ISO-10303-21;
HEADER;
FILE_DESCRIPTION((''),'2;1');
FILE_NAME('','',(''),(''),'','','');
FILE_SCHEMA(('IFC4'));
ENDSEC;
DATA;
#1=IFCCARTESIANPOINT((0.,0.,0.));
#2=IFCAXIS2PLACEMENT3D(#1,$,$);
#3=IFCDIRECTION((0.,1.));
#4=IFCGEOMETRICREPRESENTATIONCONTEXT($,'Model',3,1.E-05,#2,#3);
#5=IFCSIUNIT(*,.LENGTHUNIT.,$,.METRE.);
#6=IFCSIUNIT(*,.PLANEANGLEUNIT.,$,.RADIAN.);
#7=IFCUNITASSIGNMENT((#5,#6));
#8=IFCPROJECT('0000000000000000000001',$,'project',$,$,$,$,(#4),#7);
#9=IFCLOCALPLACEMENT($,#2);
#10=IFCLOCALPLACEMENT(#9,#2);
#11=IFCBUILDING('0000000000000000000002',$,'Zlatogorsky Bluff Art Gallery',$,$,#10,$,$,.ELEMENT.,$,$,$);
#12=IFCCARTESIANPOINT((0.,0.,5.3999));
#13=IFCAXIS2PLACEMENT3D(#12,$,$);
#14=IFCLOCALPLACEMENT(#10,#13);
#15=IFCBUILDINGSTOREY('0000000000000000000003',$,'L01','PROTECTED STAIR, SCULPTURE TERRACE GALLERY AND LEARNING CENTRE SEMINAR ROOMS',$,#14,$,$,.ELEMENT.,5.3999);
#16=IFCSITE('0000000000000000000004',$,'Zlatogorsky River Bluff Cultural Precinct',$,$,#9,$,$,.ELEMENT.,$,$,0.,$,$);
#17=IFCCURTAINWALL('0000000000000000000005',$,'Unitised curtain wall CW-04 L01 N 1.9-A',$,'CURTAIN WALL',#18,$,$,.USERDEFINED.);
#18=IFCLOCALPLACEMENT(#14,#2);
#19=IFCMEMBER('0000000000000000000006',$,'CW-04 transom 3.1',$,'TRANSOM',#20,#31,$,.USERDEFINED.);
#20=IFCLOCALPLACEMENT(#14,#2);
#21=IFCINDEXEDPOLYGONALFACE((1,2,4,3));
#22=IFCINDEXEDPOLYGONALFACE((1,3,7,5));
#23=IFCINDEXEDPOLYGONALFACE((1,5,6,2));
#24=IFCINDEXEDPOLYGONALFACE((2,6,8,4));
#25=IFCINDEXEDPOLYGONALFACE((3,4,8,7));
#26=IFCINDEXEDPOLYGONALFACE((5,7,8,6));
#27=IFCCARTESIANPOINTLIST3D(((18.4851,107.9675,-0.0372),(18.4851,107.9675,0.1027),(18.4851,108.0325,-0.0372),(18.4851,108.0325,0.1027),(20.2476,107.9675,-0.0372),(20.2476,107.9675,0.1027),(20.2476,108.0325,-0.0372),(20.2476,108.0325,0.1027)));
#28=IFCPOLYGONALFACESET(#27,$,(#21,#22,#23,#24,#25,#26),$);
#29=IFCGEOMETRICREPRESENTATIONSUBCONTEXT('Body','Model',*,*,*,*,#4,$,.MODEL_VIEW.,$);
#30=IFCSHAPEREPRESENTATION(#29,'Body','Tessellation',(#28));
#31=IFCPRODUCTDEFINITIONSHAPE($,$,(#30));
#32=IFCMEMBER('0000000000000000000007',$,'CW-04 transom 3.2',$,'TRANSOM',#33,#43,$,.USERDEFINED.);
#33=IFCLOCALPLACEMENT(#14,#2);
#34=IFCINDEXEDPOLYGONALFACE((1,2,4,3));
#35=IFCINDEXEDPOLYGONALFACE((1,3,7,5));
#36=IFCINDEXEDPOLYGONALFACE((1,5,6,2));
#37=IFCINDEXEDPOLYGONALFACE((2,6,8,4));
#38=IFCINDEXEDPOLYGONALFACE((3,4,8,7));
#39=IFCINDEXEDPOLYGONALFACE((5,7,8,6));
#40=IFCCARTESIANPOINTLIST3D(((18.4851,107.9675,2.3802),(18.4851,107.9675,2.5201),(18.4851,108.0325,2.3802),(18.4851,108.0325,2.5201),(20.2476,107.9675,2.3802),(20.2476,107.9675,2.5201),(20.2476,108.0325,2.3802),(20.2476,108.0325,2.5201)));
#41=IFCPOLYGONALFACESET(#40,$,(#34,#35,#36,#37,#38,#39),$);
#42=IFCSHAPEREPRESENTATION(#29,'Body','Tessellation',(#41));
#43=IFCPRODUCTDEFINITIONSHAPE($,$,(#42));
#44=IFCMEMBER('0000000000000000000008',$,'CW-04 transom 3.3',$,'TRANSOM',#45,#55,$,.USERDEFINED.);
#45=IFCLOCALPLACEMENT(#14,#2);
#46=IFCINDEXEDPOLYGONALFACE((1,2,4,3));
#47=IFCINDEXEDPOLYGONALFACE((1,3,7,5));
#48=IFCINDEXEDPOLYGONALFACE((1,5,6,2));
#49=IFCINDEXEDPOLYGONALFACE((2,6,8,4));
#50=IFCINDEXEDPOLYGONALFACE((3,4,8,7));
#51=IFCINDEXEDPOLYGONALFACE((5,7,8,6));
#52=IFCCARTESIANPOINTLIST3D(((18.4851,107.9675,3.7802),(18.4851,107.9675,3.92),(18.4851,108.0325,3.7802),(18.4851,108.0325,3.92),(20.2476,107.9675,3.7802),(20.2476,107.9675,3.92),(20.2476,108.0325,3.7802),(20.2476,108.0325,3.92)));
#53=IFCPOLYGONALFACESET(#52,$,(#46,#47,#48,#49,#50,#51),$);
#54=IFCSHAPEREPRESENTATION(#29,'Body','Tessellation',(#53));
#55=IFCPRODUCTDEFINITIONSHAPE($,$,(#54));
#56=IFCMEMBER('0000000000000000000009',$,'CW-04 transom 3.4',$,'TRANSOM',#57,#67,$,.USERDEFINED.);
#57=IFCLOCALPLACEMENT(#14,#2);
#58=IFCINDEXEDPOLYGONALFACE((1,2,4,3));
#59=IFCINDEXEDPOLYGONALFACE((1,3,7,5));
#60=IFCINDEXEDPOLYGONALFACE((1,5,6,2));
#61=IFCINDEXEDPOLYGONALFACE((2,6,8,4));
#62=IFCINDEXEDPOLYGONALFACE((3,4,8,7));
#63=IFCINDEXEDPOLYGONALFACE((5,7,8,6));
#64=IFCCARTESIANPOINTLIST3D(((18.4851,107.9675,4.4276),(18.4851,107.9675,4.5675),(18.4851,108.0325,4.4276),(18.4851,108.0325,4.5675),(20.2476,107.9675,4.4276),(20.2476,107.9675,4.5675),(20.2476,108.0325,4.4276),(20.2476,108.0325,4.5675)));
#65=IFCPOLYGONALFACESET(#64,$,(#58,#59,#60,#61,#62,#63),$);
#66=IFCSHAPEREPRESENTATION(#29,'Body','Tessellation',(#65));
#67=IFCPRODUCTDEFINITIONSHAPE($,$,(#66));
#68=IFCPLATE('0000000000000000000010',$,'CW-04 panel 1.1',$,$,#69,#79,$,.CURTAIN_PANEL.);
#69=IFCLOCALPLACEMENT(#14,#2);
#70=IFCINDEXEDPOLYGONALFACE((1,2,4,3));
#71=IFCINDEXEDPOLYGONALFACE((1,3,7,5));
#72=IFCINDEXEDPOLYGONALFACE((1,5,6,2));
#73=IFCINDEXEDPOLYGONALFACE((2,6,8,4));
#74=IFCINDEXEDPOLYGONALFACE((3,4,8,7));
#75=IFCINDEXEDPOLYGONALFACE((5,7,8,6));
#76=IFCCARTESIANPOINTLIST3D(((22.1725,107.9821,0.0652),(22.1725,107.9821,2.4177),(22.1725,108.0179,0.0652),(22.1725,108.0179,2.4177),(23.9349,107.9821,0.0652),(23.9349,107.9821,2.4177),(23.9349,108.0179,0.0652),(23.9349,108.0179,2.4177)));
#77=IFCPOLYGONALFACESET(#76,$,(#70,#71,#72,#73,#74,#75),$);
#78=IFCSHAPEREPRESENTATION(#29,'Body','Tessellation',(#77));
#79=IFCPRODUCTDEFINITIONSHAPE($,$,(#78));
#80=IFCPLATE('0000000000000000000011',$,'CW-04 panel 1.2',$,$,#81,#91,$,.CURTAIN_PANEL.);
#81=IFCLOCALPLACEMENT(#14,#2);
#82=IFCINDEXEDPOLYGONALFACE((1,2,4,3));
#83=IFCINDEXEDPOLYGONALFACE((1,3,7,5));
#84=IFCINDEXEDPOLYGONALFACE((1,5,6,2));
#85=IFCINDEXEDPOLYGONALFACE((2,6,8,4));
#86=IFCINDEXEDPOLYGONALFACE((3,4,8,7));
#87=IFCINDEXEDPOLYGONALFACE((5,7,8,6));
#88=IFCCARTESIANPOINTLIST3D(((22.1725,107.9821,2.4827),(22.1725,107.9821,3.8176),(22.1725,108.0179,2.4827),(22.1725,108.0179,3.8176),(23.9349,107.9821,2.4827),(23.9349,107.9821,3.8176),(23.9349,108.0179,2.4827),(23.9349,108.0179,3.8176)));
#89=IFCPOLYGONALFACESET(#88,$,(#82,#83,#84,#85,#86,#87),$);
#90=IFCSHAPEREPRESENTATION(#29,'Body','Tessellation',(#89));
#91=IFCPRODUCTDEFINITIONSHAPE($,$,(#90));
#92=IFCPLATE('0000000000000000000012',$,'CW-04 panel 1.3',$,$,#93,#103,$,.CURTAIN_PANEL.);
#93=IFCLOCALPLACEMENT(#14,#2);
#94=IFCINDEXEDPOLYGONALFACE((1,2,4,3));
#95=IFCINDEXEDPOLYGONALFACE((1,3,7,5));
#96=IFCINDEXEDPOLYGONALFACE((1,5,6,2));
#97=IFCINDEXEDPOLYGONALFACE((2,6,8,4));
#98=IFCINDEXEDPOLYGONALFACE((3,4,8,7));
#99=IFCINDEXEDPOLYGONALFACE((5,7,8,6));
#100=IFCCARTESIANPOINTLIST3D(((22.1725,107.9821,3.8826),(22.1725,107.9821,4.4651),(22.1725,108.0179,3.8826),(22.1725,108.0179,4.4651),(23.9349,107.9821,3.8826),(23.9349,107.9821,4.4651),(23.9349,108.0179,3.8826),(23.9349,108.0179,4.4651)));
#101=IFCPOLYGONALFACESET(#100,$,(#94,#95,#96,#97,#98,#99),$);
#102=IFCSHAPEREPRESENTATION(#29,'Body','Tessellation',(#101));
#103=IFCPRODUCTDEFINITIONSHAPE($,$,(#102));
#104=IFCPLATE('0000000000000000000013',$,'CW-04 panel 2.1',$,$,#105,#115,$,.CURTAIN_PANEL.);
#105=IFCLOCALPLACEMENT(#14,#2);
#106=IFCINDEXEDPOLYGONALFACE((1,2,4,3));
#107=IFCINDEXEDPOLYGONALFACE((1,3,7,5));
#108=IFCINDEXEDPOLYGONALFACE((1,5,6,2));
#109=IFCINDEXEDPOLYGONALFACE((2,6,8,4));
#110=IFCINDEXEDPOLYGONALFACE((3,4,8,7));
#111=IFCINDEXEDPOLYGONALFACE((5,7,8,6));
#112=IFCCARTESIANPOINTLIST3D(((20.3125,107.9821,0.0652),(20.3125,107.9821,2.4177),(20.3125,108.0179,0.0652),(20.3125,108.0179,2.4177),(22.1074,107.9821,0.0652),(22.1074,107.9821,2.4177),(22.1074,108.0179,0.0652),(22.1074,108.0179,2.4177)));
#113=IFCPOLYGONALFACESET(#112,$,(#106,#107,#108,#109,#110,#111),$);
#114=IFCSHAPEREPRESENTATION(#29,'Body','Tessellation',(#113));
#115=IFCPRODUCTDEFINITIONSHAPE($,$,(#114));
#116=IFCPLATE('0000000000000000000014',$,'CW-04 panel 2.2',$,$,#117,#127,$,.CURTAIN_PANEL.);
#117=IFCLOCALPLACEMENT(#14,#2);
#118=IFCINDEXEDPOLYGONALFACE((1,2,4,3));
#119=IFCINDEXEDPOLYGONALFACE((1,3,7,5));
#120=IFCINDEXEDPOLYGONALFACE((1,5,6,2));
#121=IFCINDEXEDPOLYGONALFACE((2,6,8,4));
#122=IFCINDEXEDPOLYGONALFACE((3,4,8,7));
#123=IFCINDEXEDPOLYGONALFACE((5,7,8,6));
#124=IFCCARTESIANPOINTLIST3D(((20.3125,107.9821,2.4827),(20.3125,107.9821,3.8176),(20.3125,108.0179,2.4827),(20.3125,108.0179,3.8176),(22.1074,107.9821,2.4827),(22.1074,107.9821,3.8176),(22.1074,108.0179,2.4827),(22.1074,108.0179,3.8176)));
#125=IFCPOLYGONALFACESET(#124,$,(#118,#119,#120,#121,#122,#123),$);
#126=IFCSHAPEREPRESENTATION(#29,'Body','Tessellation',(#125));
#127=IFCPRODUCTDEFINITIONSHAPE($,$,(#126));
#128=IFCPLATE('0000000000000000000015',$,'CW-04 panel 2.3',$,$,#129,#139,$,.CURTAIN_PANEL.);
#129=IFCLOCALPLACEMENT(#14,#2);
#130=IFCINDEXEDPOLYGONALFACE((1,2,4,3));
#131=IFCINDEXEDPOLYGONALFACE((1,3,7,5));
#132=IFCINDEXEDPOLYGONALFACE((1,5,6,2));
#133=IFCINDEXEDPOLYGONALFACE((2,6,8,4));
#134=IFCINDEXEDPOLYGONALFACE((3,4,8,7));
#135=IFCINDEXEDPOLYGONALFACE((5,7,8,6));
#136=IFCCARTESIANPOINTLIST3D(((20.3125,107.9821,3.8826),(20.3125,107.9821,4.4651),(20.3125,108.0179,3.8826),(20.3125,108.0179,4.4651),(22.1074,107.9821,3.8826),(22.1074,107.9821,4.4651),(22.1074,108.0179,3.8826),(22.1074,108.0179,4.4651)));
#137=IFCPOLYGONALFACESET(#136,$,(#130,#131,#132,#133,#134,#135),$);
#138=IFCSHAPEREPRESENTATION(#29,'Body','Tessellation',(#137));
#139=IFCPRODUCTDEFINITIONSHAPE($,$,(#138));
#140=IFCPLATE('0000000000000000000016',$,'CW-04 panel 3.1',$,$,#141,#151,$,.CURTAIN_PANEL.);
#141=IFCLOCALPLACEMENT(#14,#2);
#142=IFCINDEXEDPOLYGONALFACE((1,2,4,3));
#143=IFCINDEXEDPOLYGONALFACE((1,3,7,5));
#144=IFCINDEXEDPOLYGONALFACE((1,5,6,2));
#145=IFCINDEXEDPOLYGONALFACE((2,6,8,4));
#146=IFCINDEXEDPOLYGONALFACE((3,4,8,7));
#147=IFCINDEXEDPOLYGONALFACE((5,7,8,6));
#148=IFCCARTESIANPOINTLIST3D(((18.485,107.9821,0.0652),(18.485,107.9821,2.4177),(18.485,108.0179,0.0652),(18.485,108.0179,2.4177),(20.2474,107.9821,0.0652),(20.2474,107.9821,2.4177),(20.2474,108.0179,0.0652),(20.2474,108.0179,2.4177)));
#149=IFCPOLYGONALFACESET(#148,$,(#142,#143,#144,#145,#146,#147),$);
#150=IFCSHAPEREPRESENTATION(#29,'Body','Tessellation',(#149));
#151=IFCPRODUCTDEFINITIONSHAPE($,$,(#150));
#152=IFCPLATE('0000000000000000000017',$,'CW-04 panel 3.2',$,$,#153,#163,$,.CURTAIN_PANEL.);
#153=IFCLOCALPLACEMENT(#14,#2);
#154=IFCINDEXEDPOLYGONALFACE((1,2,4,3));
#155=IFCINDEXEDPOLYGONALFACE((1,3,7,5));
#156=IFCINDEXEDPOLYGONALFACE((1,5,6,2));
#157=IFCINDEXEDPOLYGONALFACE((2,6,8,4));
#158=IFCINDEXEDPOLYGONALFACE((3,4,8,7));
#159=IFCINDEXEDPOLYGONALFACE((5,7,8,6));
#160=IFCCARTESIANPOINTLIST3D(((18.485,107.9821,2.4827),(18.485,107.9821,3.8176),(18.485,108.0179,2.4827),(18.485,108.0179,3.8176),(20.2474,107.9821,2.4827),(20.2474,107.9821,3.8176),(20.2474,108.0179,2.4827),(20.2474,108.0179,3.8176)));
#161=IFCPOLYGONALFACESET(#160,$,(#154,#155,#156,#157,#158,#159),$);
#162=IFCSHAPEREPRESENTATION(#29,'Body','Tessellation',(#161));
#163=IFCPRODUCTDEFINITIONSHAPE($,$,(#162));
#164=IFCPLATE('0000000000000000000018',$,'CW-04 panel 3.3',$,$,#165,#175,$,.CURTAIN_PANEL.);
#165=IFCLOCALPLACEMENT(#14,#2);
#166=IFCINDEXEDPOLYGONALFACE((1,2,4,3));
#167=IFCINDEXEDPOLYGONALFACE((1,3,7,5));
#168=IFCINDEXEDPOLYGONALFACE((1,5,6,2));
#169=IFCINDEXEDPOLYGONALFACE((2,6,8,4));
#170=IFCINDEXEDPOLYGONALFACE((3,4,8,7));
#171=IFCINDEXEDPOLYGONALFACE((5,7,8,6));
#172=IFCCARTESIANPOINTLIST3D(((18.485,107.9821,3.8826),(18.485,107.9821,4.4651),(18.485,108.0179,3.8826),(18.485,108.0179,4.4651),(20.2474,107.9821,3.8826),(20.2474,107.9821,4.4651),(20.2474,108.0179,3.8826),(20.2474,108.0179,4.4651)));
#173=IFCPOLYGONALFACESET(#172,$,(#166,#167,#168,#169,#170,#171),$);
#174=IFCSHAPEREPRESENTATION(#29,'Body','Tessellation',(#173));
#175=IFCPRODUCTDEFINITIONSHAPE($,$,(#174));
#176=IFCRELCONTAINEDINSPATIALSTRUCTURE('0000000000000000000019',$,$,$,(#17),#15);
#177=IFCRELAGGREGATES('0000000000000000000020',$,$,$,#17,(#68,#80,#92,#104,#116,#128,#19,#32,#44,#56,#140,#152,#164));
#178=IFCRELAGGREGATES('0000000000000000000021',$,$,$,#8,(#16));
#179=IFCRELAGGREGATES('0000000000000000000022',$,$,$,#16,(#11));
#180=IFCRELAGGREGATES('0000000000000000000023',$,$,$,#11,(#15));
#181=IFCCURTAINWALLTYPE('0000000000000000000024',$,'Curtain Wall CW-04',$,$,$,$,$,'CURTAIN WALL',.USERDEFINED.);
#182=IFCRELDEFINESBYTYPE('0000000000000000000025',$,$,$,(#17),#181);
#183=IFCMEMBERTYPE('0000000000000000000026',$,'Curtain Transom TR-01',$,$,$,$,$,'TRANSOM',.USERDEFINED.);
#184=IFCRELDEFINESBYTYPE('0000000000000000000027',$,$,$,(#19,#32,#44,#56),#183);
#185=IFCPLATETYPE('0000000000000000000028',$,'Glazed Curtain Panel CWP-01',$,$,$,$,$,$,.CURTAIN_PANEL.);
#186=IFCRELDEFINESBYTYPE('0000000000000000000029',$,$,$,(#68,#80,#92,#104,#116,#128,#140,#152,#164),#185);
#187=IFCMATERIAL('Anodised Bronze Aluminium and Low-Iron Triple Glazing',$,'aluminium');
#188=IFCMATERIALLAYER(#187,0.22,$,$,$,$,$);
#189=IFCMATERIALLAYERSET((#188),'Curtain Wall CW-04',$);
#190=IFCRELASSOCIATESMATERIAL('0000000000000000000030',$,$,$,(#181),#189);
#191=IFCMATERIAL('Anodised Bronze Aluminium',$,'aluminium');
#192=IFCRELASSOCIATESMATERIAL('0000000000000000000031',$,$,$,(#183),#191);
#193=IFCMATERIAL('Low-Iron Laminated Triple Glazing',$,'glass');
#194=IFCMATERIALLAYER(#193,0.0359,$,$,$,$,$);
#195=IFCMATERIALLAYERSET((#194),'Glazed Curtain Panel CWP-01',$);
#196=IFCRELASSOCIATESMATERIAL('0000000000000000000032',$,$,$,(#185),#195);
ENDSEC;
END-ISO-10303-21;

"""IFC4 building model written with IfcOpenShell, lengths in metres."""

from ifc_helpers import new_model, si_unit, direction, frame, origin, origin_2d, place, context, subcontext, project, spatial, rectangle, extrude, material, layer, layer_set, material_profile, profile_set, type_object, element, aggregate, save


model = new_model("IFC4")

# Units and contexts
model_context = context("Model", 3, precision=1e-05, world=origin(), true_north=direction((0.0, 1.0)))
body_context = subcontext(model_context, "Body", "Model", "MODEL_VIEW")
ifc_project = project(units=[si_unit("LENGTHUNIT", "METRE"), si_unit("PLANEANGLEUNIT", "RADIAN")], contexts=[model_context])

# Site, building, storey
site_placement = place(None, origin())
site = spatial("IfcSite", under=ifc_project, at=site_placement, Name="Zlatogorsky River Bluff Cultural Precinct", CompositionType="ELEMENT", RefElevation=0.0)
building_placement = place(site_placement, origin())
building = spatial("IfcBuilding", under=site, at=building_placement, Name="Zlatogorsky Bluff Art Gallery", CompositionType="ELEMENT")
storey_placement = place(building_placement, frame((0.0, 0.0, 5.3999)))
storey = spatial("IfcBuildingStorey", under=building, at=storey_placement, Name="L01", Description="PROTECTED STAIR, SCULPTURE TERRACE GALLERY AND LEARNING CENTRE SEMINAR ROOMS", CompositionType="ELEMENT", Elevation=5.3999)

# Curtain wall, members, plates
ifc_material_1 = material(Name="Anodised Bronze Aluminium and Low-Iron Triple Glazing", Category="aluminium")
ifc_layer_1 = layer(ifc_material_1, 0.22)
ifc_layer_set_1 = layer_set([ifc_layer_1], Name="Curtain Wall CW-04")
curtain_wall_type = type_object("IfcCurtainWallType", Name="Curtain Wall CW-04", ElementType="CURTAIN WALL", PredefinedType="USERDEFINED", material=ifc_layer_set_1)
curtain_wall_placement = place(storey_placement, origin())
curtain_wall = element("IfcCurtainWall", 1, at=curtain_wall_placement, inside=storey, type_object=curtain_wall_type, Name="Unitised curtain wall CW-04 L01 N 1.9-A", ObjectType="CURTAIN WALL", PredefinedType="USERDEFINED")
ifc_material_2 = material(Name="Anodised Bronze Aluminium", Category="aluminium")
ifc_material_profile_1 = material_profile(ifc_material_2, rectangle(XDim=0.0649, YDim=0.1399, at=origin_2d()), Name="ALU TRANSOM 65x140")
ifc_profile_set_1 = profile_set([ifc_material_profile_1], Name="Anodised Bronze Aluminium")
member_type_1 = type_object("IfcMemberType", Name="Curtain Transom TR-01", ElementType="TRANSOM", PredefinedType="USERDEFINED", material=ifc_profile_set_1)
member_1_placement = place(storey_placement, frame((20.2476, 108.0, 0.0327), z_axis=(-1.0, 0.0, 0.0), x_axis=(0.0, -1.0, 0.0)))
member_1 = element("IfcMember", 2, at=member_1_placement, type_object=member_type_1, Name="CW-04 transom 3.1", ObjectType="TRANSOM", PredefinedType="USERDEFINED", context=body_context, shape_type="SweptSolid", body=[
    extrude(rectangle(XDim=0.0649, YDim=0.1399, at=origin_2d()), origin(), (0.0, 0.0, 1.0), 1.7625),
])
member_2_placement = place(storey_placement, frame((20.2476, 108.0, 2.4502), z_axis=(-1.0, 0.0, 0.0), x_axis=(0.0, -1.0, 0.0)))
member_2 = element("IfcMember", 3, at=member_2_placement, type_object=member_type_1, Name="CW-04 transom 3.2", ObjectType="TRANSOM", PredefinedType="USERDEFINED", context=body_context, shape_type="SweptSolid", body=[
    extrude(rectangle(XDim=0.0649, YDim=0.1399, at=origin_2d()), origin(), (0.0, 0.0, 1.0), 1.7625),
])
member_3_placement = place(storey_placement, frame((20.2476, 108.0, 3.8501), z_axis=(-1.0, 0.0, 0.0), x_axis=(0.0, -1.0, 0.0)))
member_3 = element("IfcMember", 4, at=member_3_placement, type_object=member_type_1, Name="CW-04 transom 3.3", ObjectType="TRANSOM", PredefinedType="USERDEFINED", context=body_context, shape_type="SweptSolid", body=[
    extrude(rectangle(XDim=0.0649, YDim=0.1399, at=origin_2d()), origin(), (0.0, 0.0, 1.0), 1.7625),
])
member_4_placement = place(storey_placement, frame((20.2476, 108.0, 4.4976), z_axis=(-1.0, 0.0, 0.0), x_axis=(0.0, -1.0, 0.0)))
member_4 = element("IfcMember", 5, at=member_4_placement, type_object=member_type_1, Name="CW-04 transom 3.4", ObjectType="TRANSOM", PredefinedType="USERDEFINED", context=body_context, shape_type="SweptSolid", body=[
    extrude(rectangle(XDim=0.0649, YDim=0.1399, at=origin_2d()), origin(), (0.0, 0.0, 1.0), 1.7625),
])
ifc_material_3 = material(Name="Low-Iron Laminated Triple Glazing", Category="glass")
ifc_layer_2 = layer(ifc_material_3, 0.0359)
ifc_layer_set_2 = layer_set([ifc_layer_2], Name="Glazed Curtain Panel CWP-01")
plate_type = type_object("IfcPlateType", Name="Glazed Curtain Panel CWP-01", PredefinedType="CURTAIN_PANEL", material=ifc_layer_set_2)
plate_1_placement = place(storey_placement, frame((23.0537, 108.0, 0.0652), z_axis=(0.0, 0.0, 1.0), x_axis=(-1.0, 0.0, 0.0)))
plate_1 = element("IfcPlate", 6, at=plate_1_placement, type_object=plate_type, Name="CW-04 panel 1.1", PredefinedType="CURTAIN_PANEL", context=body_context, shape_type="SweptSolid", body=[
    extrude(rectangle(XDim=1.7625, YDim=0.0359, at=origin_2d()), origin(), (0.0, 0.0, 1.0), 2.3525),
])
plate_2_placement = place(storey_placement, frame((23.0537, 108.0, 2.4827), z_axis=(0.0, 0.0, 1.0), x_axis=(-1.0, 0.0, 0.0)))
plate_2 = element("IfcPlate", 7, at=plate_2_placement, type_object=plate_type, Name="CW-04 panel 1.2", PredefinedType="CURTAIN_PANEL", context=body_context, shape_type="SweptSolid", body=[
    extrude(rectangle(XDim=1.7625, YDim=0.0359, at=origin_2d()), origin(), (0.0, 0.0, 1.0), 1.335),
])
plate_3_placement = place(storey_placement, frame((23.0537, 108.0, 3.8826), z_axis=(0.0, 0.0, 1.0), x_axis=(-1.0, 0.0, 0.0)))
plate_3 = element("IfcPlate", 8, at=plate_3_placement, type_object=plate_type, Name="CW-04 panel 1.3", PredefinedType="CURTAIN_PANEL", context=body_context, shape_type="SweptSolid", body=[
    extrude(rectangle(XDim=1.7625, YDim=0.0359, at=origin_2d()), origin(), (0.0, 0.0, 1.0), 0.5825),
])
plate_4_placement = place(storey_placement, frame((21.21, 108.0, 0.0652), z_axis=(0.0, 0.0, 1.0), x_axis=(-1.0, 0.0, 0.0)))
plate_4 = element("IfcPlate", 9, at=plate_4_placement, type_object=plate_type, Name="CW-04 panel 2.1", PredefinedType="CURTAIN_PANEL", context=body_context, shape_type="SweptSolid", body=[
    extrude(rectangle(XDim=1.7949, YDim=0.0359, at=origin_2d()), origin(), (0.0, 0.0, 1.0), 2.3525),
])
plate_5_placement = place(storey_placement, frame((21.21, 108.0, 2.4827), z_axis=(0.0, 0.0, 1.0), x_axis=(-1.0, 0.0, 0.0)))
plate_5 = element("IfcPlate", 10, at=plate_5_placement, type_object=plate_type, Name="CW-04 panel 2.2", PredefinedType="CURTAIN_PANEL", context=body_context, shape_type="SweptSolid", body=[
    extrude(rectangle(XDim=1.7949, YDim=0.0359, at=origin_2d()), origin(), (0.0, 0.0, 1.0), 1.335),
])
plate_6_placement = place(storey_placement, frame((21.21, 108.0, 3.8826), z_axis=(0.0, 0.0, 1.0), x_axis=(-1.0, 0.0, 0.0)))
plate_6 = element("IfcPlate", 11, at=plate_6_placement, type_object=plate_type, Name="CW-04 panel 2.3", PredefinedType="CURTAIN_PANEL", context=body_context, shape_type="SweptSolid", body=[
    extrude(rectangle(XDim=1.7949, YDim=0.0359, at=origin_2d()), origin(), (0.0, 0.0, 1.0), 0.5825),
])
plate_7_placement = place(storey_placement, frame((19.3662, 108.0, 0.0652), z_axis=(0.0, 0.0, 1.0), x_axis=(-1.0, 0.0, 0.0)))
plate_7 = element("IfcPlate", 12, at=plate_7_placement, type_object=plate_type, Name="CW-04 panel 3.1", PredefinedType="CURTAIN_PANEL", context=body_context, shape_type="SweptSolid", body=[
    extrude(rectangle(XDim=1.7625, YDim=0.0359, at=origin_2d()), origin(), (0.0, 0.0, 1.0), 2.3525),
])
plate_8_placement = place(storey_placement, frame((19.3662, 108.0, 2.4827), z_axis=(0.0, 0.0, 1.0), x_axis=(-1.0, 0.0, 0.0)))
plate_8 = element("IfcPlate", 13, at=plate_8_placement, type_object=plate_type, Name="CW-04 panel 3.2", PredefinedType="CURTAIN_PANEL", context=body_context, shape_type="SweptSolid", body=[
    extrude(rectangle(XDim=1.7625, YDim=0.0359, at=origin_2d()), origin(), (0.0, 0.0, 1.0), 1.335),
])
plate_9_placement = place(storey_placement, frame((19.3662, 108.0, 3.8826), z_axis=(0.0, 0.0, 1.0), x_axis=(-1.0, 0.0, 0.0)))
plate_9 = element("IfcPlate", 14, at=plate_9_placement, type_object=plate_type, Name="CW-04 panel 3.3", PredefinedType="CURTAIN_PANEL", context=body_context, shape_type="SweptSolid", body=[
    extrude(rectangle(XDim=1.7625, YDim=0.0359, at=origin_2d()), origin(), (0.0, 0.0, 1.0), 0.5825),
])
aggregate(curtain_wall, [plate_1, plate_2, plate_3, plate_4, plate_5, plate_6, member_1, member_2, member_3, member_4, plate_7, plate_8, plate_9])

save(model, "model.ifc")
